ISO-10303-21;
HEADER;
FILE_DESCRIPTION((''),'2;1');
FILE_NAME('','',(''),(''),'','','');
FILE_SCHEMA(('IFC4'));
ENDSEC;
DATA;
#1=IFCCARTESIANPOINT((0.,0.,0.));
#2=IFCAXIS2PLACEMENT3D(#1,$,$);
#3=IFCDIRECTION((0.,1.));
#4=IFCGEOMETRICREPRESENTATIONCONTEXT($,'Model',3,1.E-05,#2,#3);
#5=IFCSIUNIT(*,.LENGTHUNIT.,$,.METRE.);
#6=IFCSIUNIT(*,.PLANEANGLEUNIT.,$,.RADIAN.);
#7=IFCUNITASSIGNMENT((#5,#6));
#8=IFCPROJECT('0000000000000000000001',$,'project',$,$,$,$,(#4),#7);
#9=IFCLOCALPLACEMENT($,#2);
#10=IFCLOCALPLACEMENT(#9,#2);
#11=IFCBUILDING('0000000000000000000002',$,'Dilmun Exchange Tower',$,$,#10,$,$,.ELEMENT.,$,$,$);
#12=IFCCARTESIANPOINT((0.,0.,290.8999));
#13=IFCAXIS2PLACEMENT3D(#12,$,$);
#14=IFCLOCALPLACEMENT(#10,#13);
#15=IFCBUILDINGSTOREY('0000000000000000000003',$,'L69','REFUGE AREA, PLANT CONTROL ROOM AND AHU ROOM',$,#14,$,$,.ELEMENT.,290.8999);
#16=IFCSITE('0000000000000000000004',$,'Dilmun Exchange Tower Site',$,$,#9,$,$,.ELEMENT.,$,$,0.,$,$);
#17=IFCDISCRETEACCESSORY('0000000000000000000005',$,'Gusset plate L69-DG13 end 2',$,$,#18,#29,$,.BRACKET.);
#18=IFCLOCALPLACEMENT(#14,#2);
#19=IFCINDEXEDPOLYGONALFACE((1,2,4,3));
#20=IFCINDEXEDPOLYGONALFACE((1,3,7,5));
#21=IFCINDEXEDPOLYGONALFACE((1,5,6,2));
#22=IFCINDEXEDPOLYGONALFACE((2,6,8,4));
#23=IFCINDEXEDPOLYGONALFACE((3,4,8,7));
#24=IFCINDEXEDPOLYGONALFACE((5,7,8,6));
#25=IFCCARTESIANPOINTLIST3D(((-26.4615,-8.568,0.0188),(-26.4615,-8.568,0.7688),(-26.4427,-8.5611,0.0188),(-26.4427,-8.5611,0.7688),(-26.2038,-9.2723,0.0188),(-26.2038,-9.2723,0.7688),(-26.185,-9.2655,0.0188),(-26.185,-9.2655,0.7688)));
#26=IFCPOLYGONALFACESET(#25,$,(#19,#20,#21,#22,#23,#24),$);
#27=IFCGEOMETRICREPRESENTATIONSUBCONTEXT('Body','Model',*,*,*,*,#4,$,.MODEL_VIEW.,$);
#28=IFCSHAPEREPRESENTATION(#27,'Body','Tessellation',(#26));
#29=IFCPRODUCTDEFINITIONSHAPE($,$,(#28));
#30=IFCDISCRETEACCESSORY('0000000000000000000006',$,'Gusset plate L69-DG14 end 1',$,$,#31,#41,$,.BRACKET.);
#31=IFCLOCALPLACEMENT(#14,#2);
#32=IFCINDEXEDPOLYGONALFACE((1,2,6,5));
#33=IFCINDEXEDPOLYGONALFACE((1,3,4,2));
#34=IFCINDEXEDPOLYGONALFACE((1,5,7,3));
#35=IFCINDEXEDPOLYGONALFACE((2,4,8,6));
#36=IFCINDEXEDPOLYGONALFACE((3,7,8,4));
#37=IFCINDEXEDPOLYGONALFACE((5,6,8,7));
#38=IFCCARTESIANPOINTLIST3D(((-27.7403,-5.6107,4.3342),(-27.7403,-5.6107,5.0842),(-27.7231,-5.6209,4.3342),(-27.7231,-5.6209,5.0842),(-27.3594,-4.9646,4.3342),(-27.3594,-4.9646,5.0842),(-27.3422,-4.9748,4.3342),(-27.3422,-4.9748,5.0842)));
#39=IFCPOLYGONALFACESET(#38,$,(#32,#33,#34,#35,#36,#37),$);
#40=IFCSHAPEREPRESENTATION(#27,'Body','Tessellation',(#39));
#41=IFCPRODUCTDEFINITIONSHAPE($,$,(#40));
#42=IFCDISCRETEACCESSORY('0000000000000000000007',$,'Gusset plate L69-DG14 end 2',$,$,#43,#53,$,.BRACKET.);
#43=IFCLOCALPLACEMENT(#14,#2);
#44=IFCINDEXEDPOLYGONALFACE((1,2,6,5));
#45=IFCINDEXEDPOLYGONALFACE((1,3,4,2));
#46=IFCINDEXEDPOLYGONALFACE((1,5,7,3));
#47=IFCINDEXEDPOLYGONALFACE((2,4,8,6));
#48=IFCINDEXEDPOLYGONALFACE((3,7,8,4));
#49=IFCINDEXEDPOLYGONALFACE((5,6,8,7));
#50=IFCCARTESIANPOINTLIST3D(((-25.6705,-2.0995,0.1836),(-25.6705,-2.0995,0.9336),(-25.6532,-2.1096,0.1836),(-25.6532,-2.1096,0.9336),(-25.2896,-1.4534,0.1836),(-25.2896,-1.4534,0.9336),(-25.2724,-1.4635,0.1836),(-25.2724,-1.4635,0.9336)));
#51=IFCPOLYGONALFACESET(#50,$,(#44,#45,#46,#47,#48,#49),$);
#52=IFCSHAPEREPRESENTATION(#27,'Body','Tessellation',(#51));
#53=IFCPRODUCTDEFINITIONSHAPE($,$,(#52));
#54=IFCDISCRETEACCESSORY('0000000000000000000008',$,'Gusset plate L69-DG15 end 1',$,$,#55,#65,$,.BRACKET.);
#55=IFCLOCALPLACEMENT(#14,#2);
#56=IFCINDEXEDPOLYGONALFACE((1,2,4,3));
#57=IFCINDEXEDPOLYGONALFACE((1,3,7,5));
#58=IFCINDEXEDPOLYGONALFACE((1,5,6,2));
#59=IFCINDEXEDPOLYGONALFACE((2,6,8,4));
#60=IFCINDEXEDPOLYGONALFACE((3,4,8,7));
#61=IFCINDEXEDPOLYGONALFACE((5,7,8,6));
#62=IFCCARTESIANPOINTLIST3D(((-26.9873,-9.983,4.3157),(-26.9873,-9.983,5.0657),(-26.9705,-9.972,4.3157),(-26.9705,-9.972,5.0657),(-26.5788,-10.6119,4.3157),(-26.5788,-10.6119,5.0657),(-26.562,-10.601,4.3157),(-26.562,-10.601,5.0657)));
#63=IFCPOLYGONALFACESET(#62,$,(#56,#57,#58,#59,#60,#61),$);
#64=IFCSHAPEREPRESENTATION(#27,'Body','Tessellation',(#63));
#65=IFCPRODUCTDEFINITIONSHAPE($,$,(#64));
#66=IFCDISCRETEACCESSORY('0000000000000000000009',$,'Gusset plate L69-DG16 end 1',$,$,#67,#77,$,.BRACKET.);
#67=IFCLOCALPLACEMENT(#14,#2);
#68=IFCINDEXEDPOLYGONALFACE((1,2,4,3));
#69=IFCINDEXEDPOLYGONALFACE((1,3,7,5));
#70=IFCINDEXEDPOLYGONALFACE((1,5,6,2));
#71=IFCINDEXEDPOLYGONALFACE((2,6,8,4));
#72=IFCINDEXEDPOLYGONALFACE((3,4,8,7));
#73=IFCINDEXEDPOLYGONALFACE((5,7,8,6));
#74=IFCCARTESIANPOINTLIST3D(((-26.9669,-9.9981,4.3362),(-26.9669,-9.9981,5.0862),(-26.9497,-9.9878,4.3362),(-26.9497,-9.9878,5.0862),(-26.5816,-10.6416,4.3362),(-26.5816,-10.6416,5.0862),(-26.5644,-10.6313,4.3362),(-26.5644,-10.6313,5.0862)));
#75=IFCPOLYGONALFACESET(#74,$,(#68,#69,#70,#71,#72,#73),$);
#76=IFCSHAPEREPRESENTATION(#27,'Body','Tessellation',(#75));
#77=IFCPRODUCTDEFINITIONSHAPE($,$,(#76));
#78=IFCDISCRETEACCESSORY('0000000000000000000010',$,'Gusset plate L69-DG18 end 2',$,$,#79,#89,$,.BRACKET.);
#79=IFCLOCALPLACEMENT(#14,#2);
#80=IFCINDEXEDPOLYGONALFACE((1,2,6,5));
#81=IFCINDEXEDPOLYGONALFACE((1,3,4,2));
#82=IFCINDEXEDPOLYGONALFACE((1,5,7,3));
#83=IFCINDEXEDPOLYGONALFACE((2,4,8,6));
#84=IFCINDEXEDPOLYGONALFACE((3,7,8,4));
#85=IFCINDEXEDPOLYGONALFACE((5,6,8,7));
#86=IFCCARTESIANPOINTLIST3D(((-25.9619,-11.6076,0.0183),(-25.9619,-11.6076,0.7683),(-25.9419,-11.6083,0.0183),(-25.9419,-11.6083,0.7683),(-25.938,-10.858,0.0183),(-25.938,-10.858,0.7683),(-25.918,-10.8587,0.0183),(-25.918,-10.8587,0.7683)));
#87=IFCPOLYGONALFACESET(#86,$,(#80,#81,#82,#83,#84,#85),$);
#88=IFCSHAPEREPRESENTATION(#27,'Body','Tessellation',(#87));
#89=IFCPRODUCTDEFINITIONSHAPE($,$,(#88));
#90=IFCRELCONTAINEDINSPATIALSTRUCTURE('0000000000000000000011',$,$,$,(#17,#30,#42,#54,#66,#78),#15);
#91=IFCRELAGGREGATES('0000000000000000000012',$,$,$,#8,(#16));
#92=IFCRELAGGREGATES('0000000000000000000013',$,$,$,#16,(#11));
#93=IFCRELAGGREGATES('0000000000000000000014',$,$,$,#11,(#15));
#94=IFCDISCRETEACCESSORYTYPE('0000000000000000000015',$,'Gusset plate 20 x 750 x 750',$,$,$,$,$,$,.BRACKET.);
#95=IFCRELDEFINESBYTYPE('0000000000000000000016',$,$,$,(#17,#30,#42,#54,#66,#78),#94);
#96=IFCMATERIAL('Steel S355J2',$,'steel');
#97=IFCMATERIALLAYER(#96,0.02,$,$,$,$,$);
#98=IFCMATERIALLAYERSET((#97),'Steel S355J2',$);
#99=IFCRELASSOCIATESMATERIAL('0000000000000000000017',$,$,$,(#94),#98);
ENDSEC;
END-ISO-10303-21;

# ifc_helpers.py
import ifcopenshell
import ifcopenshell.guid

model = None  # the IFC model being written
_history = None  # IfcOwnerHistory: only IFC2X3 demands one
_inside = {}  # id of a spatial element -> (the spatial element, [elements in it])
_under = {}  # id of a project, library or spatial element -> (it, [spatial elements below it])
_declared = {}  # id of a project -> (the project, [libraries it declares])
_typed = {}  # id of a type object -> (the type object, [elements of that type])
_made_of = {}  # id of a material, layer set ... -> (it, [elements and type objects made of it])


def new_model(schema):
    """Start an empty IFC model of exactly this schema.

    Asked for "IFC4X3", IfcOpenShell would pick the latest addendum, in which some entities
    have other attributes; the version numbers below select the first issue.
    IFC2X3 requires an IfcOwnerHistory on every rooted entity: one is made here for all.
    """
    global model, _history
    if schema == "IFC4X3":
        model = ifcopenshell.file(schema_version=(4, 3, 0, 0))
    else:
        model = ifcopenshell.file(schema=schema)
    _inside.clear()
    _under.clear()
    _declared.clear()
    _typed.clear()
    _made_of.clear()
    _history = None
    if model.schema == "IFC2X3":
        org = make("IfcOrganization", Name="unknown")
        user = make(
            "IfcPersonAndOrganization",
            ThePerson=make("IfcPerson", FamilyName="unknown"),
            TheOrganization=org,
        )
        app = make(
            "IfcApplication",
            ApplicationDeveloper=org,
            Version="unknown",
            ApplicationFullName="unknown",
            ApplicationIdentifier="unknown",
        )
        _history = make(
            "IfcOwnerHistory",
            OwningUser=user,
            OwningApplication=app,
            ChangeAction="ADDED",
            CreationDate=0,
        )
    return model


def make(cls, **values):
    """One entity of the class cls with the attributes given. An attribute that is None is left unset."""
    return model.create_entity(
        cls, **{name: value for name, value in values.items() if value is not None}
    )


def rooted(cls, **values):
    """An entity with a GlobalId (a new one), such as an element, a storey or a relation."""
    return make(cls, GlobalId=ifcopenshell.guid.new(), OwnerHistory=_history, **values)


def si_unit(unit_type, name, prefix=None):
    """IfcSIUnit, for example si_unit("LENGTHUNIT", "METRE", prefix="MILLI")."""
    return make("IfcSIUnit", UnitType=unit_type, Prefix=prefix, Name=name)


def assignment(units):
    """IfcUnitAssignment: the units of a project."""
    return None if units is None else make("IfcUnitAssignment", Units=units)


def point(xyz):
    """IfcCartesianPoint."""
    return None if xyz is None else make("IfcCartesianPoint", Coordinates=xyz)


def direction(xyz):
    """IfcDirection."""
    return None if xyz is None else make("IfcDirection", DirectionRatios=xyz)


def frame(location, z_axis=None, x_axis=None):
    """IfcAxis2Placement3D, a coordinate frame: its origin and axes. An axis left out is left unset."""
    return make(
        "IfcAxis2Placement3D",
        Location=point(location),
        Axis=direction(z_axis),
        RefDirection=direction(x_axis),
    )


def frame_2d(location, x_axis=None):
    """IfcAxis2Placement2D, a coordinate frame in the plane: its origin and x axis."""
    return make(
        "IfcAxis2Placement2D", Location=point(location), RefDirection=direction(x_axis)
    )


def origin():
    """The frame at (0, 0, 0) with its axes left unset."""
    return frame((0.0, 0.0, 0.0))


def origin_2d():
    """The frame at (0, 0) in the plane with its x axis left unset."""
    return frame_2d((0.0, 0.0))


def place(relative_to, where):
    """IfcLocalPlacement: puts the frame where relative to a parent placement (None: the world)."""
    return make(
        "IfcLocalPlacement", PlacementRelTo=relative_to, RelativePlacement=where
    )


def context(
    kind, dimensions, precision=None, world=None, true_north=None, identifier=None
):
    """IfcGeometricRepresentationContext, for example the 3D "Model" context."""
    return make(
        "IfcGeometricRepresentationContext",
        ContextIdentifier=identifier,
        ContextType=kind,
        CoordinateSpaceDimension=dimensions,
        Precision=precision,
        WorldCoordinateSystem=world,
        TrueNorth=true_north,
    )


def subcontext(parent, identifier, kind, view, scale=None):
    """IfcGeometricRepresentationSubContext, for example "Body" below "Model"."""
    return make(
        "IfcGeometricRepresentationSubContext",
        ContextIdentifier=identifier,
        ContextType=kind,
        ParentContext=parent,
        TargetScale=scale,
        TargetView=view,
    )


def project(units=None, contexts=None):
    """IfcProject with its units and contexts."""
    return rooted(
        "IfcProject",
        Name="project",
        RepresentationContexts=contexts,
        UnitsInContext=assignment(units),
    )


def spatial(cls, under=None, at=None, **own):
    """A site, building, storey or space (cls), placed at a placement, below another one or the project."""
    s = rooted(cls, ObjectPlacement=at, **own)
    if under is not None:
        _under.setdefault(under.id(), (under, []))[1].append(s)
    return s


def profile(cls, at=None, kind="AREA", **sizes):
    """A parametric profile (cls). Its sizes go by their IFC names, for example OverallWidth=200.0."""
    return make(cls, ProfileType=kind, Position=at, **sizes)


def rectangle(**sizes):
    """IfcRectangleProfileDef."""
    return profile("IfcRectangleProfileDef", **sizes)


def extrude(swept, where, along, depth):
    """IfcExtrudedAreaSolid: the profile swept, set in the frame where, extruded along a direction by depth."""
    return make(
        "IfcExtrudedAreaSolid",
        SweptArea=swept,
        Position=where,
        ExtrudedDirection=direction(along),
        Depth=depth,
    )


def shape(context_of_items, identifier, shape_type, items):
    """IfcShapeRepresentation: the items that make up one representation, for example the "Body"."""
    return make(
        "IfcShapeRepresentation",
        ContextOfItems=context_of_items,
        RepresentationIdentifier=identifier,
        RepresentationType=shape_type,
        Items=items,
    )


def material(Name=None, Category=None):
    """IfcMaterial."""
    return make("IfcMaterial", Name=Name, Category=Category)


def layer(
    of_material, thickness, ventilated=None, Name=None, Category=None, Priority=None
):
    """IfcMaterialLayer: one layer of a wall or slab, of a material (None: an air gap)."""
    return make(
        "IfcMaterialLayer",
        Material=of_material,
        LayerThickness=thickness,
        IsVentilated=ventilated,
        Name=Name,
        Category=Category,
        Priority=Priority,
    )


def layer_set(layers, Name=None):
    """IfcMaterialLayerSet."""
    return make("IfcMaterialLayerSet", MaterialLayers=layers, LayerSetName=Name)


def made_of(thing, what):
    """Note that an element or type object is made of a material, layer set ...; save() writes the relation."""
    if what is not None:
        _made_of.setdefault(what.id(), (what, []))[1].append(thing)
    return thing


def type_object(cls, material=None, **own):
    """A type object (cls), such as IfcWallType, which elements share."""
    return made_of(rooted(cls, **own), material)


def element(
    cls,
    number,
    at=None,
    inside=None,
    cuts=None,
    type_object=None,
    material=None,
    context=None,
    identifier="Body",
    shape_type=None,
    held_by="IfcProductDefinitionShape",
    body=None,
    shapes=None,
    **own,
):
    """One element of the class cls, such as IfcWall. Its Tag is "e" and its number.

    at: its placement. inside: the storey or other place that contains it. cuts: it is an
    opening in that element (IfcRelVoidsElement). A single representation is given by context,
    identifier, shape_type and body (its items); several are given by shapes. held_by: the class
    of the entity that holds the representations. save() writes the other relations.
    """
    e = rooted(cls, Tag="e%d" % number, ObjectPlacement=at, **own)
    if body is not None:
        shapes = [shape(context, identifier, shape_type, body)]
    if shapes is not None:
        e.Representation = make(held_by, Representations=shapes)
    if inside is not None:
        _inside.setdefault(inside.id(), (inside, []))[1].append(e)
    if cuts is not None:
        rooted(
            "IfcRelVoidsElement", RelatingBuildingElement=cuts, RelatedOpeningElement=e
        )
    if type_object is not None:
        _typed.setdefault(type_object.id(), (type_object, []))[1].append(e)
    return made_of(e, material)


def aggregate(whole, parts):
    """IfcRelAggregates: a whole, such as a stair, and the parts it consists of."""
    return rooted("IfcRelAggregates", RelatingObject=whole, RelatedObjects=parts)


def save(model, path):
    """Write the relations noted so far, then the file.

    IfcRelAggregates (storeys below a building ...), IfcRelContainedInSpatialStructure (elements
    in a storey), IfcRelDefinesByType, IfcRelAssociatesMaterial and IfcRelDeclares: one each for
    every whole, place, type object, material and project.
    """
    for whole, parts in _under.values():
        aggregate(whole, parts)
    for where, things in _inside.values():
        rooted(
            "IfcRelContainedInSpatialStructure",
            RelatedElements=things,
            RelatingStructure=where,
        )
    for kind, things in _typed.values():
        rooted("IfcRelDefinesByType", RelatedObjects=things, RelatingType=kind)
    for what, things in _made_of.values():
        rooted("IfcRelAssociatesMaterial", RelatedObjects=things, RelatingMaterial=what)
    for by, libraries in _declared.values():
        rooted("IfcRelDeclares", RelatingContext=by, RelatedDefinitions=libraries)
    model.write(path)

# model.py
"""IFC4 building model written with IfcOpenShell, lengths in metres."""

from ifc_helpers import new_model, si_unit, direction, frame, origin, origin_2d, place, context, subcontext, project, spatial, rectangle, extrude, material, layer, layer_set, type_object, element, save


model = new_model("IFC4")

# Units and contexts
model_context = context("Model", 3, precision=1e-05, world=origin(), true_north=direction((0.0, 1.0)))
body_context = subcontext(model_context, "Body", "Model", "MODEL_VIEW")
ifc_project = project(units=[si_unit("LENGTHUNIT", "METRE"), si_unit("PLANEANGLEUNIT", "RADIAN")], contexts=[model_context])

# Site, building, storey
site_placement = place(None, origin())
site = spatial("IfcSite", under=ifc_project, at=site_placement, Name="Dilmun Exchange Tower Site", CompositionType="ELEMENT", RefElevation=0.0)
building_placement = place(site_placement, origin())
building = spatial("IfcBuilding", under=site, at=building_placement, Name="Dilmun Exchange Tower", CompositionType="ELEMENT")
storey_placement = place(building_placement, frame((0.0, 0.0, 290.8999)))
storey = spatial("IfcBuildingStorey", under=building, at=storey_placement, Name="L69", Description="REFUGE AREA, PLANT CONTROL ROOM AND AHU ROOM", CompositionType="ELEMENT", Elevation=290.8999)

# Discrete accessories
ifc_material_1 = material(Name="Steel S355J2", Category="steel")
ifc_layer_1 = layer(ifc_material_1, 0.02)
ifc_layer_set_1 = layer_set([ifc_layer_1], Name="Steel S355J2")
discrete_accessory_type = type_object("IfcDiscreteAccessoryType", Name="Gusset plate 20 x 750 x 750", PredefinedType="BRACKET", material=ifc_layer_set_1)
for number, where, z_axis, x_axis, name in (
    (1, (-26.3232, -8.9167, 0.0188), (0.0, 0.0, 1.0), (0.343653, -0.939097, 0.0), "Gusset plate L69-DG13 end 2"),
    (2, (-27.5413, -5.2927, 4.3342), (0.0, 0.0, 1.0), (0.507827, 0.861459, 0.0), "Gusset plate L69-DG14 end 1"),
    (3, (-25.4714, -1.7815, 0.1836), (0.0, 0.0, 1.0), (0.507827, 0.861459, 0.0), "Gusset plate L69-DG14 end 2"),
    (4, (-26.7747, -10.292, 4.3157), (0.0, 0.0, 1.0), (0.544671, -0.83865, 0.0), "Gusset plate L69-DG15 end 1"),
    (5, (-26.7656, -10.3147, 4.3362), (0.0, 0.0, 1.0), (0.513727, -0.857954, 0.0), "Gusset plate L69-DG16 end 1"),
    (6, (-25.9399, -11.2332, 0.0183), (0.0, 0.0, 1.0), (0.03192, 0.99949, 0.0), "Gusset plate L69-DG18 end 2"),
):
    element("IfcDiscreteAccessory", number, at=place(storey_placement, frame(where, z_axis=z_axis, x_axis=x_axis)), inside=storey, type_object=discrete_accessory_type, Name=name, PredefinedType="BRACKET", context=body_context, shape_type="SweptSolid", body=[
        extrude(rectangle(XDim=0.75, YDim=0.02, at=origin_2d()), origin(), (0.0, 0.0, 1.0), 0.75),
    ])

save(model, "model.ifc")
